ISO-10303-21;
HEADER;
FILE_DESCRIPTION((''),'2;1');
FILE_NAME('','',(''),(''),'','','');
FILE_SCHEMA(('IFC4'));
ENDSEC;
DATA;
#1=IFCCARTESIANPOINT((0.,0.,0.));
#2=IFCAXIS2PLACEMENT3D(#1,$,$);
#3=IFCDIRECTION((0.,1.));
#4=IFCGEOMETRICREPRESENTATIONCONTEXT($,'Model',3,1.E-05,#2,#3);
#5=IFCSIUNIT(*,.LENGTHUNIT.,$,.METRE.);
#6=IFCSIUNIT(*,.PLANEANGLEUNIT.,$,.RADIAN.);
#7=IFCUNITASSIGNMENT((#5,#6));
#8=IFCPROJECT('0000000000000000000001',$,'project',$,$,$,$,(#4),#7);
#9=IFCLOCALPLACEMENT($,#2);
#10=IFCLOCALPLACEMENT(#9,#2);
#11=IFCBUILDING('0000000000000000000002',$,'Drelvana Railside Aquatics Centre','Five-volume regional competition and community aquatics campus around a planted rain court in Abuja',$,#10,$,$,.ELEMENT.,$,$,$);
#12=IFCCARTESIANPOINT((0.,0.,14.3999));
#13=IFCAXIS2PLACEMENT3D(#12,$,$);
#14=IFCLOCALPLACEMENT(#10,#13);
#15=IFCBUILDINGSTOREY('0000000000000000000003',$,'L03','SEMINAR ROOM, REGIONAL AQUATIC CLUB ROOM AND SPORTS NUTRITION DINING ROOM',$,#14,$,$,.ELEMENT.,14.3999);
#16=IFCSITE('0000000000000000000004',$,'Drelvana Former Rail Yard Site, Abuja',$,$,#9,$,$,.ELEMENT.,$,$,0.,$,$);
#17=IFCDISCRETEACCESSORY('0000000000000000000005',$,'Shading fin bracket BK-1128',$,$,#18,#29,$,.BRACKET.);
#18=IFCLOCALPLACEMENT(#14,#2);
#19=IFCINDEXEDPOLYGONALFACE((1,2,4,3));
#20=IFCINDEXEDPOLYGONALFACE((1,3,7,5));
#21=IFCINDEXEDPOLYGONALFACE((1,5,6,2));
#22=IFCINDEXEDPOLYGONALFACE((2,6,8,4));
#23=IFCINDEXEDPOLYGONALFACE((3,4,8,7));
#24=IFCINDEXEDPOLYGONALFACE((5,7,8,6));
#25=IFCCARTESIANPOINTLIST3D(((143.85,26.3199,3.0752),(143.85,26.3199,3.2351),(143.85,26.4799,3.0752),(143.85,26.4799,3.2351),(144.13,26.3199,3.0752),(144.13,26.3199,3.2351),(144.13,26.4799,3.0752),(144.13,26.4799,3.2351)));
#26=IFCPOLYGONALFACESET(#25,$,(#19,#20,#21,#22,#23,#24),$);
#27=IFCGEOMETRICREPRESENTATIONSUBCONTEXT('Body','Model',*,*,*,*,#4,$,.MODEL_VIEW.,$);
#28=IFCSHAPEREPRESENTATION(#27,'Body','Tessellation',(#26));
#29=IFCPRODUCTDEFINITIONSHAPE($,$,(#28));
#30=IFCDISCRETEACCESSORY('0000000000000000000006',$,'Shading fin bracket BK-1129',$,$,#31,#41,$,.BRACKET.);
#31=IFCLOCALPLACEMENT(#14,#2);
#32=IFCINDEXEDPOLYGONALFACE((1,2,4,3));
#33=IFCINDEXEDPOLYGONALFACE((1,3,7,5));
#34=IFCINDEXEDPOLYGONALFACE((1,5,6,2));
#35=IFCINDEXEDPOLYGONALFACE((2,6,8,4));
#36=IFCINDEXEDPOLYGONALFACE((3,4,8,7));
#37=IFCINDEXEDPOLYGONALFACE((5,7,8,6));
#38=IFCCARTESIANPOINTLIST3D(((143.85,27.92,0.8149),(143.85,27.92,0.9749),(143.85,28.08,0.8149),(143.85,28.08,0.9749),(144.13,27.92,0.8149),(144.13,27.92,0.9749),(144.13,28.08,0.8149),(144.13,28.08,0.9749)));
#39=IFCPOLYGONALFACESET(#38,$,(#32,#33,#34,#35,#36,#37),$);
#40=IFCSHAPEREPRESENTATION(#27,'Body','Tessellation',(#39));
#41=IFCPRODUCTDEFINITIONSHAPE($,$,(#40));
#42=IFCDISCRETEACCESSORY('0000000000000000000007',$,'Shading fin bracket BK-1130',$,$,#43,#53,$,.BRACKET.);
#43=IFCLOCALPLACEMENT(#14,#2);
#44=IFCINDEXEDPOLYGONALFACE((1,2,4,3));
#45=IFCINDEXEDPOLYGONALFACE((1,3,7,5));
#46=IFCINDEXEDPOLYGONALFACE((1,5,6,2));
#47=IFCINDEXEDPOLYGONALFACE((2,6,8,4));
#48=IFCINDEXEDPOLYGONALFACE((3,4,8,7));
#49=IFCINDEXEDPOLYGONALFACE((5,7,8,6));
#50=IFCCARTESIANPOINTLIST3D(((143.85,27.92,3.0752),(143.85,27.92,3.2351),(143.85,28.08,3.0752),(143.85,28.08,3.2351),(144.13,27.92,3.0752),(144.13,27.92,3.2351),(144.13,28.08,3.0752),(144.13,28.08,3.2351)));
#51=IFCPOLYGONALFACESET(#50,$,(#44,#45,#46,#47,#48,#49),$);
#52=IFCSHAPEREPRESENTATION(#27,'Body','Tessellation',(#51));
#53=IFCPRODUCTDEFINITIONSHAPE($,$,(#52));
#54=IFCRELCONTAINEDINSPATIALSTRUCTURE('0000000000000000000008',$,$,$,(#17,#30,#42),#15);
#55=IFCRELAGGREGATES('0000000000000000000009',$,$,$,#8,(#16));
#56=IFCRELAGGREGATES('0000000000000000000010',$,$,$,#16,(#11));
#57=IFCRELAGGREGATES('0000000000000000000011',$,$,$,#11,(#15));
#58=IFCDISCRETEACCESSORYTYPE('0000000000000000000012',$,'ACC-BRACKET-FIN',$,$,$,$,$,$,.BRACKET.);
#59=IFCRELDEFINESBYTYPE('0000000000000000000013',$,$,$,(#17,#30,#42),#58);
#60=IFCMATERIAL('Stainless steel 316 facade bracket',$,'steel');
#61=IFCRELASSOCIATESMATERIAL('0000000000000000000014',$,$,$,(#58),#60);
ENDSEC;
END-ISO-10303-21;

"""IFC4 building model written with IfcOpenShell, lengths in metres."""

from ifc_helpers import new_model, si_unit, direction, frame, origin, origin_2d, place, context, subcontext, project, spatial, rectangle, extrude, material, type_object, element, save


model = new_model("IFC4")

# Units and contexts
model_context = context("Model", 3, precision=1e-05, world=origin(), true_north=direction((0.0, 1.0)))
body_context = subcontext(model_context, "Body", "Model", "MODEL_VIEW")
ifc_project = project(units=[si_unit("LENGTHUNIT", "METRE"), si_unit("PLANEANGLEUNIT", "RADIAN")], contexts=[model_context])

# Site, building, storey
site_placement = place(None, origin())
site = spatial("IfcSite", under=ifc_project, at=site_placement, Name="Drelvana Former Rail Yard Site, Abuja", CompositionType="ELEMENT", RefElevation=0.0)
building_placement = place(site_placement, origin())
building = spatial("IfcBuilding", under=site, at=building_placement, Name="Drelvana Railside Aquatics Centre", Description="Five-volume regional competition and community aquatics campus around a planted rain court in Abuja", CompositionType="ELEMENT")
storey_placement = place(building_placement, frame((0.0, 0.0, 14.3999)))
storey = spatial("IfcBuildingStorey", under=building, at=storey_placement, Name="L03", Description="SEMINAR ROOM, REGIONAL AQUATIC CLUB ROOM AND SPORTS NUTRITION DINING ROOM", CompositionType="ELEMENT", Elevation=14.3999)

# Discrete accessories
ifc_material_1 = material(Name="Stainless steel 316 facade bracket", Category="steel")
discrete_accessory_type = type_object("IfcDiscreteAccessoryType", Name="ACC-BRACKET-FIN", PredefinedType="BRACKET", material=ifc_material_1)
for number, where, z_axis, x_axis, name in (
    (1, (143.99, 26.3999, 3.0752), (0.0, 0.0, 1.0), (-1.0, 0.0, 0.0), "Shading fin bracket BK-1128"),
    (2, (143.99, 28.0, 0.8149), (0.0, 0.0, 1.0), (-1.0, 0.0, 0.0), "Shading fin bracket BK-1129"),
    (3, (143.99, 28.0, 3.0752), (0.0, 0.0, 1.0), (-1.0, 0.0, 0.0), "Shading fin bracket BK-1130"),
):
    element("IfcDiscreteAccessory", number, at=place(storey_placement, frame(where, z_axis=z_axis, x_axis=x_axis)), inside=storey, type_object=discrete_accessory_type, Name=name, PredefinedType="BRACKET", context=body_context, shape_type="SweptSolid", body=[
        extrude(rectangle(XDim=0.28, YDim=0.1599, at=origin_2d()), origin(), (0.0, 0.0, 1.0), 0.1599),
    ])

save(model, "model.ifc")
